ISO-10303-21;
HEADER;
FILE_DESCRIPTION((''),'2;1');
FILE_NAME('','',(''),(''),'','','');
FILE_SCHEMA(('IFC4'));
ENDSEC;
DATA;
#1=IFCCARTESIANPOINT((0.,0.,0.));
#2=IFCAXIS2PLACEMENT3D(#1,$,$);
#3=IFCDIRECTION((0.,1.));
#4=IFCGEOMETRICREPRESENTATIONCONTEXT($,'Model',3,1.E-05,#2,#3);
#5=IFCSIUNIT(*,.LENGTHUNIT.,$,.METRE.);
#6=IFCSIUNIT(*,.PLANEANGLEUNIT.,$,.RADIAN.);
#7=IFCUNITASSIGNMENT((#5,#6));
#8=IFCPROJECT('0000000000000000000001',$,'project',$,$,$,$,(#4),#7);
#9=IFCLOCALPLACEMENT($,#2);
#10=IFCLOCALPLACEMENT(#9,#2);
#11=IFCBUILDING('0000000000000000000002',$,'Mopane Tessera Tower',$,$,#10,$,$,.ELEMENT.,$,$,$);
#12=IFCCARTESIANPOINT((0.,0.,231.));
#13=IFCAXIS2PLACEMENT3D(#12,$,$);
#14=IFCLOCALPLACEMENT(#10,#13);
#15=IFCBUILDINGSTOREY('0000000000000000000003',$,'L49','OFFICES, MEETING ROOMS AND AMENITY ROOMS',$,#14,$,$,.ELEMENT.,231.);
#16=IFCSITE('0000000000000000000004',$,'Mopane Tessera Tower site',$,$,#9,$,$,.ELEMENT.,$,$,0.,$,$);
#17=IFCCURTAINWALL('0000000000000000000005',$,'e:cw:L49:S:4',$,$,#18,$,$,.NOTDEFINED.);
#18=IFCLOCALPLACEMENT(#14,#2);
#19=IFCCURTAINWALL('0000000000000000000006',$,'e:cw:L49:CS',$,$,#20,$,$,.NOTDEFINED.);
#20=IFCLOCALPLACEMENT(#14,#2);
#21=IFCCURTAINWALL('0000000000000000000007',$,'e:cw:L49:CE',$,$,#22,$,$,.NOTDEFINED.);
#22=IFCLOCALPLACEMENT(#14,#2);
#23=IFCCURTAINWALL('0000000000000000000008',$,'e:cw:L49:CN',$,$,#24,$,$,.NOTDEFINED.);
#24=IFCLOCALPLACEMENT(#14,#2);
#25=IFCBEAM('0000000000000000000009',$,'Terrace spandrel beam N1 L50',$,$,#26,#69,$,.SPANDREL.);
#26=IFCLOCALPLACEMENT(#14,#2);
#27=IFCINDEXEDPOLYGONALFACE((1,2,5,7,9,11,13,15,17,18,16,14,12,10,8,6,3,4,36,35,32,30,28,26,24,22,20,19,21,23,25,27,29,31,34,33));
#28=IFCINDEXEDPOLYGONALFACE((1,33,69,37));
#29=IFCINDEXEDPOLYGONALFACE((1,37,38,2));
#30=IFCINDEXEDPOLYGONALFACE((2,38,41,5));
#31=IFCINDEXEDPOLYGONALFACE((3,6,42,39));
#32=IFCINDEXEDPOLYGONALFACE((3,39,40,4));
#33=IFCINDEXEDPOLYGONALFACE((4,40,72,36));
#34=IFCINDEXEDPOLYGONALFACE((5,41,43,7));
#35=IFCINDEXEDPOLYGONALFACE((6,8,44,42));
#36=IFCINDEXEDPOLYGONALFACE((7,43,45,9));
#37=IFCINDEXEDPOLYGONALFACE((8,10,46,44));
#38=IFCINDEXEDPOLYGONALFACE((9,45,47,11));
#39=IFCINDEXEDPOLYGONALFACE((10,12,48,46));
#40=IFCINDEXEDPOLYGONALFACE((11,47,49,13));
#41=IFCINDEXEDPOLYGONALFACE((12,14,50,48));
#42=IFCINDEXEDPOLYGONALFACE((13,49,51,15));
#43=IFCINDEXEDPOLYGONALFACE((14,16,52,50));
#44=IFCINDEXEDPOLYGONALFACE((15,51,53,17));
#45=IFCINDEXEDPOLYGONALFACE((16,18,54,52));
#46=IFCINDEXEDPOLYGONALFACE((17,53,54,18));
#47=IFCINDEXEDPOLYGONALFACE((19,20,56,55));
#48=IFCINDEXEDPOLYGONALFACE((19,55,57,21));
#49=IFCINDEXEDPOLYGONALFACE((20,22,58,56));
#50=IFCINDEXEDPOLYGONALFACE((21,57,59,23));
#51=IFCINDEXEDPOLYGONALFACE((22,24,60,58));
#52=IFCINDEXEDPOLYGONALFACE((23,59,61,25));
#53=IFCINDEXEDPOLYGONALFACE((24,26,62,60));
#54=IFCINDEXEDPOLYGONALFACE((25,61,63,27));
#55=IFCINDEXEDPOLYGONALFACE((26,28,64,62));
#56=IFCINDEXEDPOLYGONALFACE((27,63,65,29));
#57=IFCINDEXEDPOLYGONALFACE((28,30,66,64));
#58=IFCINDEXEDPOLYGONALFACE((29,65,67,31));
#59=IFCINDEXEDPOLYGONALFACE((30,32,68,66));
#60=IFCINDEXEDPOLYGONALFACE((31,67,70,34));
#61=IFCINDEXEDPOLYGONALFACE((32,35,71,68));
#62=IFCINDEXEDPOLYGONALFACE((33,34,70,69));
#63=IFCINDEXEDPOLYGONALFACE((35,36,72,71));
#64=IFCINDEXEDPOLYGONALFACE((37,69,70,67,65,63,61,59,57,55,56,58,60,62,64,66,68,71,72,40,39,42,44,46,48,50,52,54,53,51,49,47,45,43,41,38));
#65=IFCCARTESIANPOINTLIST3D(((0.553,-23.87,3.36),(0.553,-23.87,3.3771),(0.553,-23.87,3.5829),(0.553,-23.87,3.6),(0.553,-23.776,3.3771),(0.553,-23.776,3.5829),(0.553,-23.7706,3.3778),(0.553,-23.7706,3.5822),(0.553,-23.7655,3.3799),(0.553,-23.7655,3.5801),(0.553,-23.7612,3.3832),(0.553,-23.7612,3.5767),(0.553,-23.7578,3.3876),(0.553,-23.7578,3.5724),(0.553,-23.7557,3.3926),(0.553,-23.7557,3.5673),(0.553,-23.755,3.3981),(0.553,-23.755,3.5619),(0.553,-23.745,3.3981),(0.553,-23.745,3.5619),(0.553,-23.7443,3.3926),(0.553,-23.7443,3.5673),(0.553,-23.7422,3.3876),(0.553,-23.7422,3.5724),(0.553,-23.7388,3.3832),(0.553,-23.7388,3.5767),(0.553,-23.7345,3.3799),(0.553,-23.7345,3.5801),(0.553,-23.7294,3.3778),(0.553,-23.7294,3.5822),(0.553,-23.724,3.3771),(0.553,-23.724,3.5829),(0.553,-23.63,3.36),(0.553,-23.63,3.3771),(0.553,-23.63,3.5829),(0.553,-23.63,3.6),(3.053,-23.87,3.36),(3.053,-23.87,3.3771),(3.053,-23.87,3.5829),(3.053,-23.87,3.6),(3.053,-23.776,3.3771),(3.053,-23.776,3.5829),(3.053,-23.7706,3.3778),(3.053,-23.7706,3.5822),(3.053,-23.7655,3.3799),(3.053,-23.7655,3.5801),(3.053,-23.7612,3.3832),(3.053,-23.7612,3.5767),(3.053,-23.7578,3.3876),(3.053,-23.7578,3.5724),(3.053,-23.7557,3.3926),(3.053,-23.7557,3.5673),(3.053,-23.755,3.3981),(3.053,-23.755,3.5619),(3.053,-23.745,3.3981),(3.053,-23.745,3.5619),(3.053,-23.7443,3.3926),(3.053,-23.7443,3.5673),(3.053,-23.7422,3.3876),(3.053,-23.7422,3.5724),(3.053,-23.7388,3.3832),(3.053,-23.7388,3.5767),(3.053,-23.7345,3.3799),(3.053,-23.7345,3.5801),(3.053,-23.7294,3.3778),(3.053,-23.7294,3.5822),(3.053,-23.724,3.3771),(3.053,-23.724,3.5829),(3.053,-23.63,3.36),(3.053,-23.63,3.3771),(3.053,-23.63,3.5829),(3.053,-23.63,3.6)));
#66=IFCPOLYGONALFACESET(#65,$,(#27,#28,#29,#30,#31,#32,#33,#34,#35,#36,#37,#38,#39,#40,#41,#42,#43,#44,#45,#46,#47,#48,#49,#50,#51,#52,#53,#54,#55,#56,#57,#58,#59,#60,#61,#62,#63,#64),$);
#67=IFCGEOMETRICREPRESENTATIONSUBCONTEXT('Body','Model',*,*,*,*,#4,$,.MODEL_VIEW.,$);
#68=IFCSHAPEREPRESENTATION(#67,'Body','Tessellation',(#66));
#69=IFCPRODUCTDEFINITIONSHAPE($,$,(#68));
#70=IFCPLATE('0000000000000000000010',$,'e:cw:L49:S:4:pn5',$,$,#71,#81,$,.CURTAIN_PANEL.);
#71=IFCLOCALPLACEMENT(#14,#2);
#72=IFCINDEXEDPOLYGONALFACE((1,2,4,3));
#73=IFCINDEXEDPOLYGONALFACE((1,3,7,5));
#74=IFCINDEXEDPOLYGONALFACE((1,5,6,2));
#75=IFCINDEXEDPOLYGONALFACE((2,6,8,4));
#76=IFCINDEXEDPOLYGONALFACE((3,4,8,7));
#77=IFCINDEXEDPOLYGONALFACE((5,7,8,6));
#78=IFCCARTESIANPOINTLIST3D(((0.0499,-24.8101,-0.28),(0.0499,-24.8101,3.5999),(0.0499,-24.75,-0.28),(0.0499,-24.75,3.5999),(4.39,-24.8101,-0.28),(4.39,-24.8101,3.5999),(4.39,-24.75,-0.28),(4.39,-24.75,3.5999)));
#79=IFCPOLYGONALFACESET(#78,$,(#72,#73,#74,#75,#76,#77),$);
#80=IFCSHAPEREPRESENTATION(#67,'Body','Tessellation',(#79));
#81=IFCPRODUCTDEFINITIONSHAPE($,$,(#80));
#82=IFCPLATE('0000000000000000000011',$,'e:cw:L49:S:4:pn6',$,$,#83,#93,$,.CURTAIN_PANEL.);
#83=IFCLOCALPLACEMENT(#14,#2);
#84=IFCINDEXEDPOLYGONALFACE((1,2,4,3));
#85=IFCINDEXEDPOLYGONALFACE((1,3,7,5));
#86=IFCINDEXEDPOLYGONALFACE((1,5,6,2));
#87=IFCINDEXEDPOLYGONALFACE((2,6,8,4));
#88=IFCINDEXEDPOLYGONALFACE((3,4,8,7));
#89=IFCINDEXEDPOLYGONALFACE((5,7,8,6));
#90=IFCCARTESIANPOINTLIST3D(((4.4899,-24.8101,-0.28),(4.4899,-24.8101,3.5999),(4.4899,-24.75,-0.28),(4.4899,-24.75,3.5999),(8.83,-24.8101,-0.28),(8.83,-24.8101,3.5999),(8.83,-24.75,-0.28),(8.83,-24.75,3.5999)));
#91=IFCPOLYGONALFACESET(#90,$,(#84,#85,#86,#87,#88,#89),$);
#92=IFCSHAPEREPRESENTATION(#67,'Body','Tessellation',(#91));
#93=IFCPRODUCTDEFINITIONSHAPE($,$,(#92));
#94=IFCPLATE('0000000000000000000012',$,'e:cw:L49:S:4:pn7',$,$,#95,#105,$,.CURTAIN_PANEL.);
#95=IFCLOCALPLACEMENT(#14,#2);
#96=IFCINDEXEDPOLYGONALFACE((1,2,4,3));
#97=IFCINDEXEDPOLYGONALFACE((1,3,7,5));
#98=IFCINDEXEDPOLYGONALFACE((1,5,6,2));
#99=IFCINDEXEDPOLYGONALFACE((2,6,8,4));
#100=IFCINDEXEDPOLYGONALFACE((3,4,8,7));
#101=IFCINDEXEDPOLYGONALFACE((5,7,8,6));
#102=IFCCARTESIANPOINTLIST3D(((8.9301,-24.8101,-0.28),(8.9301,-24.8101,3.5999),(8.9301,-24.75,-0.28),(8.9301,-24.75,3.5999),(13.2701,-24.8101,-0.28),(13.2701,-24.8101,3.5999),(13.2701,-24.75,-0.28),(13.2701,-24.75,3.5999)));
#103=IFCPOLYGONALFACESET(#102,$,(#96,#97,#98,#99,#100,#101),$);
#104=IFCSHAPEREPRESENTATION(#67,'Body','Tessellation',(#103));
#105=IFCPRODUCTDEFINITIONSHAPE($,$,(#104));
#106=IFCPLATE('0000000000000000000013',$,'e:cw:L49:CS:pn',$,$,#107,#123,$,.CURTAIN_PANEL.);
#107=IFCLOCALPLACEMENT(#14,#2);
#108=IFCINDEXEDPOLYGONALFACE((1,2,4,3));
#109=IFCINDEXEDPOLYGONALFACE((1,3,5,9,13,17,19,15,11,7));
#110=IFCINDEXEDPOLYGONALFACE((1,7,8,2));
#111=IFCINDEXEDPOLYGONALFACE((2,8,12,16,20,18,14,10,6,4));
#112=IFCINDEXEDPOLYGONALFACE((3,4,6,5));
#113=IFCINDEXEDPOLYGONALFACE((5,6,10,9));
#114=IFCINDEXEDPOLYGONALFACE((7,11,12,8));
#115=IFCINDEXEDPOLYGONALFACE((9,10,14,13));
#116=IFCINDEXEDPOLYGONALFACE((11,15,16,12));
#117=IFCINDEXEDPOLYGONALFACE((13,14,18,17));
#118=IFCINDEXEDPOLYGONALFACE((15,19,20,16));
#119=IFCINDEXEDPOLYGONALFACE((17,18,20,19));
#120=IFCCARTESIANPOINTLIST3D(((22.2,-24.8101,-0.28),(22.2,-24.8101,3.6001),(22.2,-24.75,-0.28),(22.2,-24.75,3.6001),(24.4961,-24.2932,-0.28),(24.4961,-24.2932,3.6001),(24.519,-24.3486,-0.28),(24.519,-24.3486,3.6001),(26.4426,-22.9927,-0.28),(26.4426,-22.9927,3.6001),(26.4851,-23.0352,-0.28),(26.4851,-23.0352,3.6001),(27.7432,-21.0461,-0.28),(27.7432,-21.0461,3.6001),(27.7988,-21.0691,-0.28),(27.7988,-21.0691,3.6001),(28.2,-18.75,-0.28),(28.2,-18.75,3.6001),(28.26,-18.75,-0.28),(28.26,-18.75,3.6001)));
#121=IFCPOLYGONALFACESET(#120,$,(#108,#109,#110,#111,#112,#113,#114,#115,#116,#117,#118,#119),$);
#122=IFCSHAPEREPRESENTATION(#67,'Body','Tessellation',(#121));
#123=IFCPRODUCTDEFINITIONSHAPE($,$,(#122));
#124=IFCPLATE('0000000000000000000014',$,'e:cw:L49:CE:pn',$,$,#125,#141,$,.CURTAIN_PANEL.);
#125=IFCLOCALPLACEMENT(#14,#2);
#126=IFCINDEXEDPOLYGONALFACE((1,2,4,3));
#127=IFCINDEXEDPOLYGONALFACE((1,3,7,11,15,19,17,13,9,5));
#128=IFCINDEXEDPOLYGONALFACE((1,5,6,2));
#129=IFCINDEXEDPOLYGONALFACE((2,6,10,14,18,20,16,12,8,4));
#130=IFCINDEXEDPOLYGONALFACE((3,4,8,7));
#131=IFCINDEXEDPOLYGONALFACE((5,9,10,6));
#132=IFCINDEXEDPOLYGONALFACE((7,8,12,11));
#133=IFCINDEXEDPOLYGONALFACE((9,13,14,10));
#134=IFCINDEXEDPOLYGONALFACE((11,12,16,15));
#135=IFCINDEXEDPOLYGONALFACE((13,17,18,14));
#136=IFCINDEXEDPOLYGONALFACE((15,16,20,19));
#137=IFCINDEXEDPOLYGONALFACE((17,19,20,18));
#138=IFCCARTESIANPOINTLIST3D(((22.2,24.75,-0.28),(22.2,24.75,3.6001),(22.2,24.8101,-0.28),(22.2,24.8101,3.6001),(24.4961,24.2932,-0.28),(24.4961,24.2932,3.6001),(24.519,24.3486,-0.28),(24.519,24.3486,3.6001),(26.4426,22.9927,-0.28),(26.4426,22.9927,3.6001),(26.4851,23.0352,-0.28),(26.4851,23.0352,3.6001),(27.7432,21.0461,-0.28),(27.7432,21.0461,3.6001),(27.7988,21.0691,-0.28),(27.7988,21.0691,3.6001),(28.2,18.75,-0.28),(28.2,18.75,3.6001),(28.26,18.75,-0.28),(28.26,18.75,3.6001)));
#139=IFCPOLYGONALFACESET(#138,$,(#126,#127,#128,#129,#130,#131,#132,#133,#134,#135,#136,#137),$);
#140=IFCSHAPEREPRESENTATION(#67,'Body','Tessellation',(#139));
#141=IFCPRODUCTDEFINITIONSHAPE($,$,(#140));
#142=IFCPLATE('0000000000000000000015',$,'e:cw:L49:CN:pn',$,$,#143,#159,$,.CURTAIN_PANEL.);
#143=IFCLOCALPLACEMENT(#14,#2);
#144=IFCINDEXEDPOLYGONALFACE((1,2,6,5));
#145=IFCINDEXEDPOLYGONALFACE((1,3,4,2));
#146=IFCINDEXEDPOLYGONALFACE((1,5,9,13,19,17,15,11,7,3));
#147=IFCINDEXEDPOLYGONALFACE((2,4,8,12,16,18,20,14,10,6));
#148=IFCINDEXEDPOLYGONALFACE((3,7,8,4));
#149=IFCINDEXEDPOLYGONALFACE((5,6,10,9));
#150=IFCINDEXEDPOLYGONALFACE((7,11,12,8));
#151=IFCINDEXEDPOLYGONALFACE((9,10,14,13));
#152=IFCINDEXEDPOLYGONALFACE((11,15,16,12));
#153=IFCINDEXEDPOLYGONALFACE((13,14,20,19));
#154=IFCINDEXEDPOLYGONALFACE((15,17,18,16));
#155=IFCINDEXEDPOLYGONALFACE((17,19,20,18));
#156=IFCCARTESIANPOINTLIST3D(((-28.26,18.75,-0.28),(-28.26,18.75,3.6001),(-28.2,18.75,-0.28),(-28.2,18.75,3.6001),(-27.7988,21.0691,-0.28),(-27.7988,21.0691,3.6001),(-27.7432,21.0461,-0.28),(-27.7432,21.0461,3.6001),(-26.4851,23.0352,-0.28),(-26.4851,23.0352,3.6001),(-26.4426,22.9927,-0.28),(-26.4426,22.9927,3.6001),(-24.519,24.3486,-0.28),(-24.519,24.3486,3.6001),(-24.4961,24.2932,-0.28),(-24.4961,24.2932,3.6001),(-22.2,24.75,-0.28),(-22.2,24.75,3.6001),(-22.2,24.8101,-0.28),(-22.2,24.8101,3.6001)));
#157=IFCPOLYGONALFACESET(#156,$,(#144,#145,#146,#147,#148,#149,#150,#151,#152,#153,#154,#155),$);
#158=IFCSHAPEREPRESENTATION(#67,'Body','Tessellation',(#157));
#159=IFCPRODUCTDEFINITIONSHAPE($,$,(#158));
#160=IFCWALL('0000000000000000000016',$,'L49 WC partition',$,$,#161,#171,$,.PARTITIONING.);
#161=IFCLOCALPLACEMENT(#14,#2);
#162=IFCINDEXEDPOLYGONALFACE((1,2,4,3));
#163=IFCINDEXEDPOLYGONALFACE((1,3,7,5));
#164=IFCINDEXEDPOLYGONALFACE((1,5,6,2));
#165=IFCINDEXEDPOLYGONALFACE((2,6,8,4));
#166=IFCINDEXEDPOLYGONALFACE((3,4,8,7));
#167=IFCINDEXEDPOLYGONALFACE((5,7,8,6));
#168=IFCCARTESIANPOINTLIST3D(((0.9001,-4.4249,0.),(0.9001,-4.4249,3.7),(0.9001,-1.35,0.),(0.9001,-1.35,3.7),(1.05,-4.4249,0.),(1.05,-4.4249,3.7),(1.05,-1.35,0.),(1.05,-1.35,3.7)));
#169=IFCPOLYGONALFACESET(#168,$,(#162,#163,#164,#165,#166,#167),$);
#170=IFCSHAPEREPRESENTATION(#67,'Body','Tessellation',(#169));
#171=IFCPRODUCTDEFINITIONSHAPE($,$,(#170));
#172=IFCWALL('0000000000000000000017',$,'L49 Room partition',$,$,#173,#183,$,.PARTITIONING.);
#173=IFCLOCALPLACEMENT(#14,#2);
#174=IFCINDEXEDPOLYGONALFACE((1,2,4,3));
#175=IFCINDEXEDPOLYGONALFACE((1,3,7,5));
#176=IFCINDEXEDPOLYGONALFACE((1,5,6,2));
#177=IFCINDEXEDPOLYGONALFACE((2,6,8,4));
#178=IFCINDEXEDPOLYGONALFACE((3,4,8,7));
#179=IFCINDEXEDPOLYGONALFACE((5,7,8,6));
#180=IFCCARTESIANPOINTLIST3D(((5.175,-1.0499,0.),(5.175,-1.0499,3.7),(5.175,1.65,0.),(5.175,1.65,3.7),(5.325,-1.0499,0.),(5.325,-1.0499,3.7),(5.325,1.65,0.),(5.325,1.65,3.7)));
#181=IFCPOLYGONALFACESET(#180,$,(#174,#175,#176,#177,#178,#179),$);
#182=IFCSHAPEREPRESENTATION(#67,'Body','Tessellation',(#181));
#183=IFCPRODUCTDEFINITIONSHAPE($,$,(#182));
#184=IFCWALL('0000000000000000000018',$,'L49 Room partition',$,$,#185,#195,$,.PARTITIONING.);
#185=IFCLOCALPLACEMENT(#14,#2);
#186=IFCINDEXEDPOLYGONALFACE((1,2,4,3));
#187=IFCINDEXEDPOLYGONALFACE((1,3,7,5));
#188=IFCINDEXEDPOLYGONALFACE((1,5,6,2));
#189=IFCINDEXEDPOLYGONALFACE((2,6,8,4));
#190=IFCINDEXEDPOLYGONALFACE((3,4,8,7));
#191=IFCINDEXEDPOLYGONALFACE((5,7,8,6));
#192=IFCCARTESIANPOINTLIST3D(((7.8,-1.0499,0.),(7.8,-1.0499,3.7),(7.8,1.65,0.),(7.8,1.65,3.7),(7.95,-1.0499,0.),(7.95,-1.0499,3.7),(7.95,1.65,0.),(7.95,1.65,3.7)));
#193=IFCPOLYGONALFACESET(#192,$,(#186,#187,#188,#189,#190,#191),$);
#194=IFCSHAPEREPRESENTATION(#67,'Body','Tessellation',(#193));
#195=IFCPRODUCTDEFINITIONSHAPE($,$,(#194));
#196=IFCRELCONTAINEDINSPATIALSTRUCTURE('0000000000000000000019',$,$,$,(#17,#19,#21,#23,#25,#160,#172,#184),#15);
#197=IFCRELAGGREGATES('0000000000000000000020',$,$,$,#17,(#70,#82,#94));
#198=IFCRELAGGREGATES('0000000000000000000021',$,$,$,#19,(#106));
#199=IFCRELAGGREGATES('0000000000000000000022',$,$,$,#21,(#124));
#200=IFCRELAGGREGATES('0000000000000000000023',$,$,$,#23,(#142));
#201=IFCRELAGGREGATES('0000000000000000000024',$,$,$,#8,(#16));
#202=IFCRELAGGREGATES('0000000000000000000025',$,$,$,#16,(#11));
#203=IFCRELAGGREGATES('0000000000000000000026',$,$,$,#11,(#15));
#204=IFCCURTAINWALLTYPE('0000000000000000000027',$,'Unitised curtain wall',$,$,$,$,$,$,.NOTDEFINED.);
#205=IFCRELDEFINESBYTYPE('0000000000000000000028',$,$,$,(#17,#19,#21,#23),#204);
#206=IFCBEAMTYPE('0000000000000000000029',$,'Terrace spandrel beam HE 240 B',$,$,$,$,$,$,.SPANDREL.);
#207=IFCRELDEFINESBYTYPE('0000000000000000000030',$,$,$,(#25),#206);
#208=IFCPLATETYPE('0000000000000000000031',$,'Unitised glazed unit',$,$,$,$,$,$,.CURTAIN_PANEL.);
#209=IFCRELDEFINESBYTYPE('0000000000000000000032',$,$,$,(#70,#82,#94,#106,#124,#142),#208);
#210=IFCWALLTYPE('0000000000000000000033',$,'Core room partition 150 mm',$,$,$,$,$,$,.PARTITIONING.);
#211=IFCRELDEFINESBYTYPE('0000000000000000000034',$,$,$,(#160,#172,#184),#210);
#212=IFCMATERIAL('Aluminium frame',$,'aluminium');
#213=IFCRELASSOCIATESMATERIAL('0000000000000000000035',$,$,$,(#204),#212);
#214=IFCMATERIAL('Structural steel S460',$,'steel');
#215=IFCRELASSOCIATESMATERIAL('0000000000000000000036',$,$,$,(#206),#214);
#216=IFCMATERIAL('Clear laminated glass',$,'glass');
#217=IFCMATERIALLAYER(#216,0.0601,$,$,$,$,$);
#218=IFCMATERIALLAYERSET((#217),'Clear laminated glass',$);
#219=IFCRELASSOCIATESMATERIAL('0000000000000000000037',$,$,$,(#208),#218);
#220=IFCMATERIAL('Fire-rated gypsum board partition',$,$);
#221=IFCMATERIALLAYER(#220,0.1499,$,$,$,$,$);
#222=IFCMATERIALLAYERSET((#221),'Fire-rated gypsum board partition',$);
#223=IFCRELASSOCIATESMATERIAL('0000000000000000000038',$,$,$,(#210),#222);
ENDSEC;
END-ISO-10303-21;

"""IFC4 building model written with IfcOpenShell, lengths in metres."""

from ifc_helpers import new_model, si_unit, direction, frame, frame_2d, origin, origin_2d, place, context, subcontext, project, spatial, polyline, rectangle, i_section, outline, extrude, material, layer, layer_set, material_profile, profile_set, type_object, element, aggregate, save


model = new_model("IFC4")

# Units and contexts
model_context = context("Model", 3, precision=1e-05, world=origin(), true_north=direction((0.0, 1.0)))
body_context = subcontext(model_context, "Body", "Model", "MODEL_VIEW")
ifc_project = project(units=[si_unit("LENGTHUNIT", "METRE"), si_unit("PLANEANGLEUNIT", "RADIAN")], contexts=[model_context])

# Site, building, storey
site_placement = place(None, origin())
site = spatial("IfcSite", under=ifc_project, at=site_placement, Name="Mopane Tessera Tower site", CompositionType="ELEMENT", RefElevation=0.0)
building_placement = place(site_placement, origin())
building = spatial("IfcBuilding", under=site, at=building_placement, Name="Mopane Tessera Tower", CompositionType="ELEMENT")
storey_placement = place(building_placement, frame((0.0, 0.0, 231.0)))
storey = spatial("IfcBuildingStorey", under=building, at=storey_placement, Name="L49", Description="OFFICES, MEETING ROOMS AND AMENITY ROOMS", CompositionType="ELEMENT", Elevation=231.0)

# Curtain wall
ifc_material_1 = material(Name="Aluminium frame", Category="aluminium")
curtain_wall_type = type_object("IfcCurtainWallType", Name="Unitised curtain wall", PredefinedType="NOTDEFINED", material=ifc_material_1)
curtain_wall_1_placement = place(storey_placement, origin())
curtain_wall_1 = element("IfcCurtainWall", 1, at=curtain_wall_1_placement, inside=storey, type_object=curtain_wall_type, Name="e:cw:L49:S:4", PredefinedType="NOTDEFINED")

# Curtain walls
curtain_wall_2_placement = place(storey_placement, origin())
curtain_wall_2 = element("IfcCurtainWall", 2, at=curtain_wall_2_placement, inside=storey, type_object=curtain_wall_type, Name="e:cw:L49:CS", PredefinedType="NOTDEFINED")
curtain_wall_3_placement = place(storey_placement, origin())
curtain_wall_3 = element("IfcCurtainWall", 3, at=curtain_wall_3_placement, inside=storey, type_object=curtain_wall_type, Name="e:cw:L49:CE", PredefinedType="NOTDEFINED")
curtain_wall_4_placement = place(storey_placement, origin())
curtain_wall_4 = element("IfcCurtainWall", 4, at=curtain_wall_4_placement, inside=storey, type_object=curtain_wall_type, Name="e:cw:L49:CN", PredefinedType="NOTDEFINED")

# Beam
ifc_material_2 = material(Name="Structural steel S460", Category="steel")
ifc_material_profile_1 = material_profile(ifc_material_2, i_section(OverallWidth=0.24, OverallDepth=0.24, WebThickness=0.01, FlangeThickness=0.0171, FilletRadius=0.021, at=origin_2d()))
ifc_profile_set_1 = profile_set([ifc_material_profile_1], Name="Structural steel S460")
beam_type = type_object("IfcBeamType", Name="Terrace spandrel beam HE 240 B", PredefinedType="SPANDREL", material=ifc_profile_set_1)
beam_placement = place(storey_placement, frame((0.553, -23.75, 3.48), z_axis=(1.0, 0.0, 0.0), x_axis=(0.0, 1.0, 0.0)))
element("IfcBeam", 5, at=beam_placement, inside=storey, type_object=beam_type, Name="Terrace spandrel beam N1 L50", PredefinedType="SPANDREL", context=body_context, shape_type="SweptSolid", body=[
    extrude(i_section(OverallWidth=0.24, OverallDepth=0.24, WebThickness=0.01, FlangeThickness=0.0171, FilletRadius=0.021, at=origin_2d()), origin(), (0.0, 0.0, 1.0), 2.5),
])

# Plates
ifc_material_3 = material(Name="Clear laminated glass", Category="glass")
ifc_layer_1 = layer(ifc_material_3, 0.0601)
ifc_layer_set_1 = layer_set([ifc_layer_1], Name="Clear laminated glass")
plate_type = type_object("IfcPlateType", Name="Unitised glazed unit", PredefinedType="CURTAIN_PANEL", material=ifc_layer_set_1)
plate_1_placement = place(storey_placement, frame((2.22, -24.78, -0.28), z_axis=(0.0, 0.0, 1.0), x_axis=(1.0, 0.0, 0.0)))
plate_1 = element("IfcPlate", 6, at=plate_1_placement, type_object=plate_type, Name="e:cw:L49:S:4:pn5", PredefinedType="CURTAIN_PANEL", context=body_context, shape_type="SweptSolid", body=[
    extrude(rectangle(XDim=4.3401, YDim=0.0601, at=origin_2d()), origin(), (0.0, 0.0, 1.0), 3.8799),
])
plate_2_placement = place(storey_placement, frame((6.6599, -24.78, -0.28), z_axis=(0.0, 0.0, 1.0), x_axis=(1.0, 0.0, 0.0)))
plate_2 = element("IfcPlate", 7, at=plate_2_placement, type_object=plate_type, Name="e:cw:L49:S:4:pn6", PredefinedType="CURTAIN_PANEL", context=body_context, shape_type="SweptSolid", body=[
    extrude(rectangle(XDim=4.3401, YDim=0.0601, at=origin_2d()), origin(), (0.0, 0.0, 1.0), 3.8799),
])
plate_3_placement = place(storey_placement, frame((11.1001, -24.78, -0.28), z_axis=(0.0, 0.0, 1.0), x_axis=(1.0, 0.0, 0.0)))
plate_3 = element("IfcPlate", 8, at=plate_3_placement, type_object=plate_type, Name="e:cw:L49:S:4:pn7", PredefinedType="CURTAIN_PANEL", context=body_context, shape_type="SweptSolid", body=[
    extrude(rectangle(XDim=4.3401, YDim=0.0601, at=origin_2d()), origin(), (0.0, 0.0, 1.0), 3.8799),
])
aggregate(curtain_wall_1, [plate_1, plate_2, plate_3])
plate_4_placement = place(storey_placement, frame((0.0, 0.0, -0.28)))
plate_4 = element("IfcPlate", 9, at=plate_4_placement, type_object=plate_type, Name="e:cw:L49:CS:pn", PredefinedType="CURTAIN_PANEL", context=body_context, shape_type="SweptSolid", body=[
    extrude(outline(polyline([(22.2, -24.75), (24.4961, -24.2932), (26.4426, -22.9927), (27.7432, -21.0461), (28.2, -18.75), (28.26, -18.75), (27.7988, -21.0691), (26.4851, -23.0352), (24.519, -24.3486), (22.2, -24.8101), (22.2, -24.75)])), origin(), (0.0, 0.0, 1.0), 3.8801),
])
aggregate(curtain_wall_2, [plate_4])
plate_5_placement = place(storey_placement, frame((0.0, 0.0, -0.28)))
plate_5 = element("IfcPlate", 10, at=plate_5_placement, type_object=plate_type, Name="e:cw:L49:CE:pn", PredefinedType="CURTAIN_PANEL", context=body_context, shape_type="SweptSolid", body=[
    extrude(outline(polyline([(28.2, 18.75), (27.7432, 21.0461), (26.4426, 22.9927), (24.4961, 24.2932), (22.2, 24.75), (22.2, 24.8101), (24.519, 24.3486), (26.4851, 23.0352), (27.7988, 21.0691), (28.26, 18.75), (28.2, 18.75)])), origin(), (0.0, 0.0, 1.0), 3.8801),
])
aggregate(curtain_wall_3, [plate_5])
plate_6_placement = place(storey_placement, frame((0.0, 0.0, -0.28)))
plate_6 = element("IfcPlate", 11, at=plate_6_placement, type_object=plate_type, Name="e:cw:L49:CN:pn", PredefinedType="CURTAIN_PANEL", context=body_context, shape_type="SweptSolid", body=[
    extrude(outline(polyline([(-22.2, 24.75), (-24.4961, 24.2932), (-26.4426, 22.9927), (-27.7432, 21.0461), (-28.2, 18.75), (-28.26, 18.75), (-27.7988, 21.0691), (-26.4851, 23.0352), (-24.519, 24.3486), (-22.2, 24.8101), (-22.2, 24.75)])), origin(), (0.0, 0.0, 1.0), 3.8801),
])
aggregate(curtain_wall_4, [plate_6])

# Walls
ifc_material_4 = material(Name="Fire-rated gypsum board partition")
ifc_layer_2 = layer(ifc_material_4, 0.1499)
ifc_layer_set_2 = layer_set([ifc_layer_2], Name="Fire-rated gypsum board partition")
wall_type_1 = type_object("IfcWallType", Name="Core room partition 150 mm", PredefinedType="PARTITIONING", material=ifc_layer_set_2)
wall_1_placement = place(storey_placement, frame((0.9751, -4.425, 0.0), z_axis=(0.0, 0.0, 1.0), x_axis=(0.0, 1.0, 0.0)))
element("IfcWall", 12, at=wall_1_placement, inside=storey, type_object=wall_type_1, Name="L49 WC partition", PredefinedType="PARTITIONING", context=body_context, shape_type="SweptSolid", body=[
    extrude(rectangle(XDim=3.075, YDim=0.1499, at=frame_2d((1.5376, 0.0))), origin(), (0.0, 0.0, 1.0), 3.7),
])
for number, where, z_axis, x_axis, name in (
    (13, (5.25, -1.05, 0.0), (0.0, 0.0, 1.0), (0.0, 1.0, 0.0), "L49 Room partition"),
    (14, (7.875, -1.05, 0.0), (0.0, 0.0, 1.0), (0.0, 1.0, 0.0), "L49 Room partition"),
):
    element("IfcWall", number, at=place(storey_placement, frame(where, z_axis=z_axis, x_axis=x_axis)), inside=storey, type_object=wall_type_1, Name=name, PredefinedType="PARTITIONING", context=body_context, shape_type="SweptSolid", body=[
        extrude(rectangle(XDim=2.7, YDim=0.1499, at=frame_2d((1.3501, 0.0))), origin(), (0.0, 0.0, 1.0), 3.7),
    ])

save(model, "model.ifc")
